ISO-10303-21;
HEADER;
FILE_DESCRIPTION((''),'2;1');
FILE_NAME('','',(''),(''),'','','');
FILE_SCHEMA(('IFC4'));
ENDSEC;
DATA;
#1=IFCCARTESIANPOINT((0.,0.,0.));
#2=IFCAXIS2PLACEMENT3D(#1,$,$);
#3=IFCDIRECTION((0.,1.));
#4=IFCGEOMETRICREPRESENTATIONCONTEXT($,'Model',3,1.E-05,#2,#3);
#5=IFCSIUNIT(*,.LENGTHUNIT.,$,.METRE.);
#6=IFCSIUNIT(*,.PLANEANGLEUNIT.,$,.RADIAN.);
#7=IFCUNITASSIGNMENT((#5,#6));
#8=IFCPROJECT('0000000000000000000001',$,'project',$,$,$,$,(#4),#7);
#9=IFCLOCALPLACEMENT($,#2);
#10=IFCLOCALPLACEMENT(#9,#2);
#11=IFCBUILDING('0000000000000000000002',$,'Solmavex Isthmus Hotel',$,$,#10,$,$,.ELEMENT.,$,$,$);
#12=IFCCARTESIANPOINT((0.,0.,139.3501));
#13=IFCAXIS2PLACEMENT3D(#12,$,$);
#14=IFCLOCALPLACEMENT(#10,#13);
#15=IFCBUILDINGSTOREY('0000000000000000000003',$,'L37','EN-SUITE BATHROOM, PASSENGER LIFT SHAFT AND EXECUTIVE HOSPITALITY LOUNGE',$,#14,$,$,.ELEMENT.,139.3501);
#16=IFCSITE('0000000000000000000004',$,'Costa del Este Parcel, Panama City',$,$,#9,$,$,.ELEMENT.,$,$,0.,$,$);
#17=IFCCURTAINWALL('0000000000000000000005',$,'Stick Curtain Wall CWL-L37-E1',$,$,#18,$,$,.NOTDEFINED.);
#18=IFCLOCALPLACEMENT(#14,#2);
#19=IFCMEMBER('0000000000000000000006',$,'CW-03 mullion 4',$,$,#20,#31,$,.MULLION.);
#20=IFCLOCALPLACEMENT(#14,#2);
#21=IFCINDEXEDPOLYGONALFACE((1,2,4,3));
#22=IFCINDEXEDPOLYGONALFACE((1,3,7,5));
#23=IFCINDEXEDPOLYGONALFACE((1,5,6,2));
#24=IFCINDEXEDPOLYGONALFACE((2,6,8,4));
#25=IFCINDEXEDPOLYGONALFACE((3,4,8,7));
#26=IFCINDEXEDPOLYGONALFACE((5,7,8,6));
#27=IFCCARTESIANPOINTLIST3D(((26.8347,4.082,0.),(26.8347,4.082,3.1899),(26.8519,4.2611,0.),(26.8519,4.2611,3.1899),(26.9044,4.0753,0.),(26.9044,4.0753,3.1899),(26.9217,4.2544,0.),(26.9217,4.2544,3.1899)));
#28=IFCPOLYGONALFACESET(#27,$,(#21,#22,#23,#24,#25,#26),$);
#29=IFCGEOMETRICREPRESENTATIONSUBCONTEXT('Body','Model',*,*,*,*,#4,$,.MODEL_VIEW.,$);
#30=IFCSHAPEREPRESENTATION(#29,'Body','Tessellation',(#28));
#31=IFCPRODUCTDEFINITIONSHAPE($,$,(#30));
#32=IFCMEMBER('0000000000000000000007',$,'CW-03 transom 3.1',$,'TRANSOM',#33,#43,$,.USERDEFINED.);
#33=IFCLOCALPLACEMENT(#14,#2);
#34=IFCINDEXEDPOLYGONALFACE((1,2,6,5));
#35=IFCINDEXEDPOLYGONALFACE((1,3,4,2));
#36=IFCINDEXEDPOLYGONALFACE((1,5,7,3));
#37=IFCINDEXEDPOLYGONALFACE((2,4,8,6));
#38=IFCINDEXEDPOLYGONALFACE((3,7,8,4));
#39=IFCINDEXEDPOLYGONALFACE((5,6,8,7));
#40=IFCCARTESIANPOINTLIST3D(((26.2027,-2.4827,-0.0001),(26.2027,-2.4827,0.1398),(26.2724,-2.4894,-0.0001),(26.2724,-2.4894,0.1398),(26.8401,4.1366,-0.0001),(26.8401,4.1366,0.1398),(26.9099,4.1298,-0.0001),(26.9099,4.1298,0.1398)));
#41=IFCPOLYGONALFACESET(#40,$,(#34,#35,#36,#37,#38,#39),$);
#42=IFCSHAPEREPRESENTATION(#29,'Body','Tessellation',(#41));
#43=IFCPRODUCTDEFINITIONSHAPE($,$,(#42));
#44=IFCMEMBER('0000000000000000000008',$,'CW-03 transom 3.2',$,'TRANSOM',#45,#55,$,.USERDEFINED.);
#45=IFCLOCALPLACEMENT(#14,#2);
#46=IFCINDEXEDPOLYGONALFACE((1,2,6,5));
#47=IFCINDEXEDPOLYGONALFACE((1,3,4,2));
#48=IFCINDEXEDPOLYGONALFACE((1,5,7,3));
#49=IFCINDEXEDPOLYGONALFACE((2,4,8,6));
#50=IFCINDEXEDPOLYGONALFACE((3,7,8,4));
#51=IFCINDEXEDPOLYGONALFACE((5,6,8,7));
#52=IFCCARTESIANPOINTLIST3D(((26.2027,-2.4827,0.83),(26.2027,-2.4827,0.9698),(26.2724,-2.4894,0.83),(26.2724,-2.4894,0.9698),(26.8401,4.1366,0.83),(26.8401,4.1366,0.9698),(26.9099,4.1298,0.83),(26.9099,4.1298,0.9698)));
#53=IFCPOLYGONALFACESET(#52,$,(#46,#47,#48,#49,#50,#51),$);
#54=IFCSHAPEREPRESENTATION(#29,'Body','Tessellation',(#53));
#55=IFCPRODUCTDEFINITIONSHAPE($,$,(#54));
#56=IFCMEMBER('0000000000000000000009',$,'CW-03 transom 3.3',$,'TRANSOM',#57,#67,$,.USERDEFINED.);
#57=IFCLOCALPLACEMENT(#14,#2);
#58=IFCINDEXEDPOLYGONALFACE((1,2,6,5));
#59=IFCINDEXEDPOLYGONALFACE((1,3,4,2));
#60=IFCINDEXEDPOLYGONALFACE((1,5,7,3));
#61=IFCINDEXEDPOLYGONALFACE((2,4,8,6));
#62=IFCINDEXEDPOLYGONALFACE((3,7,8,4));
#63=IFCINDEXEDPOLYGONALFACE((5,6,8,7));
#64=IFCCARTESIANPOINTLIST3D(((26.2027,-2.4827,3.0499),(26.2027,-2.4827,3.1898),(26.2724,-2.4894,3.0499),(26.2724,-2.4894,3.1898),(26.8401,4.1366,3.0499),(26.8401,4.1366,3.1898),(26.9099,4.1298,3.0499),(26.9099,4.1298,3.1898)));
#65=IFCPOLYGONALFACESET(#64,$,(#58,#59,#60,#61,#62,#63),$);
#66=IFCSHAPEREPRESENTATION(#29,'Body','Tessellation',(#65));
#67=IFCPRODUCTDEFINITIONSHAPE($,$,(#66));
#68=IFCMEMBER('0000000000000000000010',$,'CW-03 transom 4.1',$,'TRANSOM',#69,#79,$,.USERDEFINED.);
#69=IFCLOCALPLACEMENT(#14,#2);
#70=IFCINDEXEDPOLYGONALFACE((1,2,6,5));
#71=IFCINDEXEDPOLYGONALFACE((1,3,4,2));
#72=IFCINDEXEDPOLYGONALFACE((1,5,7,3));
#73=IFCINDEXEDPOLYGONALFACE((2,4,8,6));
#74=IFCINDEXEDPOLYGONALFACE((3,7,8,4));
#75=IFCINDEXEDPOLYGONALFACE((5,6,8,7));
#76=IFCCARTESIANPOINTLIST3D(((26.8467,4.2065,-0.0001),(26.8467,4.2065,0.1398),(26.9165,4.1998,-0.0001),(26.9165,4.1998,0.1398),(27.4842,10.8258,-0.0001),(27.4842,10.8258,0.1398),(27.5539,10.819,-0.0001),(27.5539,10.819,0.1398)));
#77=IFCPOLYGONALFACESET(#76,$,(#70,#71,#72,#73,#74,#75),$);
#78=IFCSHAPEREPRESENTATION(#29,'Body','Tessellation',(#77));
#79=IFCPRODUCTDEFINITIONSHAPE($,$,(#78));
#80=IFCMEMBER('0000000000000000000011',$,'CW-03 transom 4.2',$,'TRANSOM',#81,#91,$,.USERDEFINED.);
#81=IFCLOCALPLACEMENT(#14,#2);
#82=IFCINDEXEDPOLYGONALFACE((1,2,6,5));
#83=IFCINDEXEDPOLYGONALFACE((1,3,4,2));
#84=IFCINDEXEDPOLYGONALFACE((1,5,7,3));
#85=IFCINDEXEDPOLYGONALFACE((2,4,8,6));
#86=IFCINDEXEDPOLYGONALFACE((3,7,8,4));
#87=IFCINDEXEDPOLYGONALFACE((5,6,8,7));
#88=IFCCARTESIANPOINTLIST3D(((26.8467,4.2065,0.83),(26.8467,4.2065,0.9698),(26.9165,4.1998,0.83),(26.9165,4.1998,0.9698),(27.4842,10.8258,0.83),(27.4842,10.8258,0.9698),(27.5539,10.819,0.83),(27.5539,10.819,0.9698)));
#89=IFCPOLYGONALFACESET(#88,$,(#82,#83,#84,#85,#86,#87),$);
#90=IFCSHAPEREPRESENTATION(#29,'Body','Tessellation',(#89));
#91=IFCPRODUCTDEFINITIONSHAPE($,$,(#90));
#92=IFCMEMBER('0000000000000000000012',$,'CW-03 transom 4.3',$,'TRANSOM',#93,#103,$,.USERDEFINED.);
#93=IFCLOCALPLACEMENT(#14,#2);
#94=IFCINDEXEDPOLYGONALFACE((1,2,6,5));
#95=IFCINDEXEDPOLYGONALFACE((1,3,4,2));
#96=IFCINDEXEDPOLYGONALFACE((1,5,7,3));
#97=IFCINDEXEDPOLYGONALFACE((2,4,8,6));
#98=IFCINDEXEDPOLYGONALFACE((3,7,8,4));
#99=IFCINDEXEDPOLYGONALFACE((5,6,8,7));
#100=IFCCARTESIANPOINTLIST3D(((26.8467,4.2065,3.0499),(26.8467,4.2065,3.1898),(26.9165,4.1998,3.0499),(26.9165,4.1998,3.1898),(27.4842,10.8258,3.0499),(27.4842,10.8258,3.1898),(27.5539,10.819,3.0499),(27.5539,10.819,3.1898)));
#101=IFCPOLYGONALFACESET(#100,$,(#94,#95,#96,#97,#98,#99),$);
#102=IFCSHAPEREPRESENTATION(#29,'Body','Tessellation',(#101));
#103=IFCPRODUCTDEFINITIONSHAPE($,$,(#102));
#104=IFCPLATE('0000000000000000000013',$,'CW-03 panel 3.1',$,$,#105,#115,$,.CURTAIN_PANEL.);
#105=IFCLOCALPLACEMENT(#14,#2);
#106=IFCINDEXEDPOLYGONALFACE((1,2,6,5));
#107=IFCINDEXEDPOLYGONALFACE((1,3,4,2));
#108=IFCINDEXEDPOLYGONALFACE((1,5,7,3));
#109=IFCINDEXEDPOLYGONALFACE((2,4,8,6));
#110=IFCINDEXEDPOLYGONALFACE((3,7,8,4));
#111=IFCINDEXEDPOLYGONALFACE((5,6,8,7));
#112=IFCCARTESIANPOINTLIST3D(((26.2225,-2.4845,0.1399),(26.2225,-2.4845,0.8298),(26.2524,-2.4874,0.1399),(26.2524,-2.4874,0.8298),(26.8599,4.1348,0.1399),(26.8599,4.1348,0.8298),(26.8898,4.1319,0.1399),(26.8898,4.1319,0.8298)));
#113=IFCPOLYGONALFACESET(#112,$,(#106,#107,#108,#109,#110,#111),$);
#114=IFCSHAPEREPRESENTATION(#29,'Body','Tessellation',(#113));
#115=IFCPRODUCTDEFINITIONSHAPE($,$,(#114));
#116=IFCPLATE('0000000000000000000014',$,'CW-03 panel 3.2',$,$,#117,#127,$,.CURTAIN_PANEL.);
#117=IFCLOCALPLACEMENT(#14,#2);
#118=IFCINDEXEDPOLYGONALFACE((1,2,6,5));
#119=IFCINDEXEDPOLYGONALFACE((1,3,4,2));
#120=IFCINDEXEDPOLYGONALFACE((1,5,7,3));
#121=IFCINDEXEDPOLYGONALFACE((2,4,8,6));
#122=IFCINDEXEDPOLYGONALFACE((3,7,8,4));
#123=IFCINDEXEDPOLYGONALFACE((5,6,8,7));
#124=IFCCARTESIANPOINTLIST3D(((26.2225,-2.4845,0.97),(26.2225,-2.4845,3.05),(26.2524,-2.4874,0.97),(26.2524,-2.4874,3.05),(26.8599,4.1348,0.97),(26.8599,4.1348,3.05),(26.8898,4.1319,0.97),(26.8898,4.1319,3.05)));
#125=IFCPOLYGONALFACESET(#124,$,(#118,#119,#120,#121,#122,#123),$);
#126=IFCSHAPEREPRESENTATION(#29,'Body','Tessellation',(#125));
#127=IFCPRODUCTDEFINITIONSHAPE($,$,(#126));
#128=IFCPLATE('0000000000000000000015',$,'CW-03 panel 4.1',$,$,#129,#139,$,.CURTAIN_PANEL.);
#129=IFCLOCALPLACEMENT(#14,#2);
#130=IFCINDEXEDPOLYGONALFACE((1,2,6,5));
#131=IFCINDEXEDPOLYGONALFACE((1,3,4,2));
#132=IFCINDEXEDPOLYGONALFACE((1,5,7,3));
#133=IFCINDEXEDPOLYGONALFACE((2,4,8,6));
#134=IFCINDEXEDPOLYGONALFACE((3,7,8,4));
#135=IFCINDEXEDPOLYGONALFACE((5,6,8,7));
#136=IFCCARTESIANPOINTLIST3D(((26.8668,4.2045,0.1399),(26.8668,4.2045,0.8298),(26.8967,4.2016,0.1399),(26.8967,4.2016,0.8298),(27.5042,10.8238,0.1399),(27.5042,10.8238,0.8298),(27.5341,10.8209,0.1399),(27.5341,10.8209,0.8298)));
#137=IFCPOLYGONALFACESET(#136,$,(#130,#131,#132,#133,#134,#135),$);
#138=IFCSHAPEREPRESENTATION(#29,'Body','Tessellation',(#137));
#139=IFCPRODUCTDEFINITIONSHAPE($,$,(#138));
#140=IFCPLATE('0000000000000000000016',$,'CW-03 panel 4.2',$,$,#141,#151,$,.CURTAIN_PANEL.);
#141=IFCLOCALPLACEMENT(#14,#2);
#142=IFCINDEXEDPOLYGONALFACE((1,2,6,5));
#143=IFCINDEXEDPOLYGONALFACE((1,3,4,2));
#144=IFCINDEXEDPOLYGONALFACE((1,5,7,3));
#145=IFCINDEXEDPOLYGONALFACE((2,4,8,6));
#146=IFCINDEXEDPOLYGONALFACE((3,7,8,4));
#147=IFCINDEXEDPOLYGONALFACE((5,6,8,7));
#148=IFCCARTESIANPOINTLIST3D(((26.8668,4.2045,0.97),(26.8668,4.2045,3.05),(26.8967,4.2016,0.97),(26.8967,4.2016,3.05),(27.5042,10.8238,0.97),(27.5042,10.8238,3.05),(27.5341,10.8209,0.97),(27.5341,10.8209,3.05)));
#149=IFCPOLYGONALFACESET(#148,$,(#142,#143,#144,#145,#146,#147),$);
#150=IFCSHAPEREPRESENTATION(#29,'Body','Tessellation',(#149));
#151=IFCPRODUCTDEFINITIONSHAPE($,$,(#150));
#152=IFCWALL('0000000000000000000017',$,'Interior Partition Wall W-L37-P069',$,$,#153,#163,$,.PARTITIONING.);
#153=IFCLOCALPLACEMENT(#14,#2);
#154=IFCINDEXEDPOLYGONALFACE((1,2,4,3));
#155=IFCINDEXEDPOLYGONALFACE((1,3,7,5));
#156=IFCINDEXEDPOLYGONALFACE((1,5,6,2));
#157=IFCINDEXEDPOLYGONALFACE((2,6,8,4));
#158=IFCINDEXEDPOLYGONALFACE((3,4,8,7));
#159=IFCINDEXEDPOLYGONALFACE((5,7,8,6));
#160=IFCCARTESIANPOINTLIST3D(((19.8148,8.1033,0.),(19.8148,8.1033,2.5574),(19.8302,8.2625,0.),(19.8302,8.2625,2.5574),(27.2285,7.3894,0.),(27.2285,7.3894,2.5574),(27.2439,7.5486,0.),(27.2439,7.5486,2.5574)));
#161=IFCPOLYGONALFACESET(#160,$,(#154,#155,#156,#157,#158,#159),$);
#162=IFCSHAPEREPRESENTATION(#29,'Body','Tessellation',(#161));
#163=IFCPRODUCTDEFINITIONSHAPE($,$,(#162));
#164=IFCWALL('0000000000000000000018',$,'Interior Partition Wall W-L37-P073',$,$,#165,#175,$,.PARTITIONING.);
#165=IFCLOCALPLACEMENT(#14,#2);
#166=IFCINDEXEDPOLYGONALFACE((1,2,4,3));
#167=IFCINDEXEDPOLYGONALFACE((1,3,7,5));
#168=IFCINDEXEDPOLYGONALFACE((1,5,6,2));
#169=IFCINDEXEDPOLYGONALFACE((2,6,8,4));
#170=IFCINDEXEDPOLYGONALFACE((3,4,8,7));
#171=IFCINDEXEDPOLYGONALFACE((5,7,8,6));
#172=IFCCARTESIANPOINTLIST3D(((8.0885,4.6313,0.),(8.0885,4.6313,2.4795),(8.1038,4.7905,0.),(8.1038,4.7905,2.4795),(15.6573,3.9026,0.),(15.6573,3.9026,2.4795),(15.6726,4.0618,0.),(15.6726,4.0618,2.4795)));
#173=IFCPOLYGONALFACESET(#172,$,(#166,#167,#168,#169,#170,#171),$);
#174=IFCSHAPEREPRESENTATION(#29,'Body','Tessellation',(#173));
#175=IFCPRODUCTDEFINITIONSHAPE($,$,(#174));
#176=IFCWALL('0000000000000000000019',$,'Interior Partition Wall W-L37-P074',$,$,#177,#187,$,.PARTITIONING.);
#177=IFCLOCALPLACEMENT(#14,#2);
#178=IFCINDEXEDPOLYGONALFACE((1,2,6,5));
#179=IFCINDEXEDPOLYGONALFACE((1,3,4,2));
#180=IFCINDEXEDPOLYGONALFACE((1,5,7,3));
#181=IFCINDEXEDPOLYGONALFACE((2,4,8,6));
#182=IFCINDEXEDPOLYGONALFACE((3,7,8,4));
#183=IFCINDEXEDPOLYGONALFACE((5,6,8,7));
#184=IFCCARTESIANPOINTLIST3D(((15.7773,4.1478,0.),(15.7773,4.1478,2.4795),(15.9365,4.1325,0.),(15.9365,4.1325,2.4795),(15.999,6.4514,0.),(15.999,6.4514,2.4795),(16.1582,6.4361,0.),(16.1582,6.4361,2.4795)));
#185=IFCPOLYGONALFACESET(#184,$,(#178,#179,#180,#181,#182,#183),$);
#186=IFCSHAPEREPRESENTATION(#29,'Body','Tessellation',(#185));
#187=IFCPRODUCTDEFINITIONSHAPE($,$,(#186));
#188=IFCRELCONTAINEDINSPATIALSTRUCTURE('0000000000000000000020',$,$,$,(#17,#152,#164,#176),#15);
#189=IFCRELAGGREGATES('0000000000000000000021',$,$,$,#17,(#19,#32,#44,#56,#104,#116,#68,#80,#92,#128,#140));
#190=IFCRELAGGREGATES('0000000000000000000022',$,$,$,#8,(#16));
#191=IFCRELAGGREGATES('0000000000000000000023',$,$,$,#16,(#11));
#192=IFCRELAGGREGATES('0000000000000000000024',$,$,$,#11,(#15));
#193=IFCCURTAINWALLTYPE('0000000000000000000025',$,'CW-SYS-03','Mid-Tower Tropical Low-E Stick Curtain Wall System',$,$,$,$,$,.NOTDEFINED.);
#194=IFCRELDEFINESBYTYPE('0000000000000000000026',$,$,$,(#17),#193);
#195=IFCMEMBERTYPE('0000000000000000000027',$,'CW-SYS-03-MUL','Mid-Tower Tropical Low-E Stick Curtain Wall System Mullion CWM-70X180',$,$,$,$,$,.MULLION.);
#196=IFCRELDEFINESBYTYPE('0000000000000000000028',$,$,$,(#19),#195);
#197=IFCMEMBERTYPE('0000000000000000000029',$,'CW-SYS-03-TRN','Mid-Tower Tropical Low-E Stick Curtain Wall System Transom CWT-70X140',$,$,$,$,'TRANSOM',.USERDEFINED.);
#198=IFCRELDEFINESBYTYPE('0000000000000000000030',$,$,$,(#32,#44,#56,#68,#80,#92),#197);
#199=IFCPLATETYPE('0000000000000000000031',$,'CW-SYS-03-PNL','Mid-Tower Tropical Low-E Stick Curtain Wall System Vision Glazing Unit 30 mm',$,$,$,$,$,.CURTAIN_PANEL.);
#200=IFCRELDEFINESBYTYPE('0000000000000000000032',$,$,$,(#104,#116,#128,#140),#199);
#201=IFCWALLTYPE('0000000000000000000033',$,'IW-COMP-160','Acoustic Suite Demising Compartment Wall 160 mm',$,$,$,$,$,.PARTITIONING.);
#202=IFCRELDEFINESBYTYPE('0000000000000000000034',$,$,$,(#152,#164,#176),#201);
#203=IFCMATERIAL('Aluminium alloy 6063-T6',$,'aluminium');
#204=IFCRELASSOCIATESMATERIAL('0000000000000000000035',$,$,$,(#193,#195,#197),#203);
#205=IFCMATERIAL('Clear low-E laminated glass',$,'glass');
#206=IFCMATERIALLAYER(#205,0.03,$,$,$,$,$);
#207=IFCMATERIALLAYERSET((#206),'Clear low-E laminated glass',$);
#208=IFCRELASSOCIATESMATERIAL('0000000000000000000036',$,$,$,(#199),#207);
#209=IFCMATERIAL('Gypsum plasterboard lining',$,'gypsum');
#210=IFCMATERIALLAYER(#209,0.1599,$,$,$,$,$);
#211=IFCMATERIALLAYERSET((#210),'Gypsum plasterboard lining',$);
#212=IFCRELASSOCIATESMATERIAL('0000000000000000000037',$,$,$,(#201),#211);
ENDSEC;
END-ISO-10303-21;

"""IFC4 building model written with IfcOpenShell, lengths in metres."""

from ifc_helpers import new_model, si_unit, direction, frame, frame_2d, origin, origin_2d, place, context, subcontext, project, spatial, rectangle, extrude, material, layer, layer_set, material_profile, profile_set, type_object, element, aggregate, save


model = new_model("IFC4")

# Units and contexts
model_context = context("Model", 3, precision=1e-05, world=origin(), true_north=direction((0.0, 1.0)))
body_context = subcontext(model_context, "Body", "Model", "MODEL_VIEW")
ifc_project = project(units=[si_unit("LENGTHUNIT", "METRE"), si_unit("PLANEANGLEUNIT", "RADIAN")], contexts=[model_context])

# Site, building, storey
site_placement = place(None, origin())
site = spatial("IfcSite", under=ifc_project, at=site_placement, Name="Costa del Este Parcel, Panama City", CompositionType="ELEMENT", RefElevation=0.0)
building_placement = place(site_placement, origin())
building = spatial("IfcBuilding", under=site, at=building_placement, Name="Solmavex Isthmus Hotel", CompositionType="ELEMENT")
storey_placement = place(building_placement, frame((0.0, 0.0, 139.3501)))
storey = spatial("IfcBuildingStorey", under=building, at=storey_placement, Name="L37", Description="EN-SUITE BATHROOM, PASSENGER LIFT SHAFT AND EXECUTIVE HOSPITALITY LOUNGE", CompositionType="ELEMENT", Elevation=139.3501)

# Curtain wall, members, plates
ifc_material_1 = material(Name="Aluminium alloy 6063-T6", Category="aluminium")
curtain_wall_type = type_object("IfcCurtainWallType", Name="CW-SYS-03", Description="Mid-Tower Tropical Low-E Stick Curtain Wall System", PredefinedType="NOTDEFINED", material=ifc_material_1)
curtain_wall_placement = place(storey_placement, origin())
curtain_wall = element("IfcCurtainWall", 1, at=curtain_wall_placement, inside=storey, type_object=curtain_wall_type, Name="Stick Curtain Wall CWL-L37-E1", PredefinedType="NOTDEFINED")
ifc_material_profile_1 = material_profile(ifc_material_1, rectangle(XDim=0.0701, YDim=0.1799, at=origin_2d()), Name="CWM-70X180")
ifc_profile_set_1 = profile_set([ifc_material_profile_1], Name="Aluminium alloy 6063-T6")
member_type_1 = type_object("IfcMemberType", Name="CW-SYS-03-MUL", Description="Mid-Tower Tropical Low-E Stick Curtain Wall System Mullion CWM-70X180", PredefinedType="MULLION", material=ifc_profile_set_1)
member_1_placement = place(storey_placement, frame((26.8782, 4.1682, 0.0), z_axis=(0.0, 0.0, 1.0), x_axis=(-0.995396, 0.095846, 0.0)))
member_1 = element("IfcMember", 2, at=member_1_placement, type_object=member_type_1, Name="CW-03 mullion 4", PredefinedType="MULLION", context=body_context, shape_type="SweptSolid", body=[
    extrude(rectangle(XDim=0.0701, YDim=0.1799, at=origin_2d()), origin(), (0.0, 0.0, 1.0), 3.1899),
])
ifc_material_profile_2 = material_profile(ifc_material_1, rectangle(XDim=0.0701, YDim=0.1399, at=origin_2d()), Name="CWT-70X140")
ifc_profile_set_2 = profile_set([ifc_material_profile_2], Name="Aluminium alloy 6063-T6")
member_type_2 = type_object("IfcMemberType", Name="CW-SYS-03-TRN", Description="Mid-Tower Tropical Low-E Stick Curtain Wall System Transom CWT-70X140", ElementType="TRANSOM", PredefinedType="USERDEFINED", material=ifc_profile_set_2)
member_2_placement = place(storey_placement, frame((26.2375, -2.4861, 0.0698), z_axis=(0.095857, 0.995395, 0.0), x_axis=(-0.995395, 0.095857, 0.0)))
member_2 = element("IfcMember", 3, at=member_2_placement, type_object=member_type_2, Name="CW-03 transom 3.1", ObjectType="TRANSOM", PredefinedType="USERDEFINED", context=body_context, shape_type="SweptSolid", body=[
    extrude(rectangle(XDim=0.0701, YDim=0.1399, at=origin_2d()), origin(), (0.0, 0.0, 1.0), 6.6499),
])
member_3_placement = place(storey_placement, frame((26.2375, -2.4861, 0.8999), z_axis=(0.095857, 0.995395, 0.0), x_axis=(-0.995395, 0.095857, 0.0)))
member_3 = element("IfcMember", 4, at=member_3_placement, type_object=member_type_2, Name="CW-03 transom 3.2", ObjectType="TRANSOM", PredefinedType="USERDEFINED", context=body_context, shape_type="SweptSolid", body=[
    extrude(rectangle(XDim=0.0701, YDim=0.1399, at=origin_2d()), origin(), (0.0, 0.0, 1.0), 6.6499),
])
member_4_placement = place(storey_placement, frame((26.2375, -2.4861, 3.1199), z_axis=(0.095857, 0.995395, 0.0), x_axis=(-0.995395, 0.095857, 0.0)))
member_4 = element("IfcMember", 5, at=member_4_placement, type_object=member_type_2, Name="CW-03 transom 3.3", ObjectType="TRANSOM", PredefinedType="USERDEFINED", context=body_context, shape_type="SweptSolid", body=[
    extrude(rectangle(XDim=0.0701, YDim=0.1399, at=origin_2d()), origin(), (0.0, 0.0, 1.0), 6.6499),
])
member_5_placement = place(storey_placement, frame((26.8816, 4.2031, 0.0698), z_axis=(0.095857, 0.995395, 0.0), x_axis=(-0.995395, 0.095857, 0.0)))
member_5 = element("IfcMember", 6, at=member_5_placement, type_object=member_type_2, Name="CW-03 transom 4.1", ObjectType="TRANSOM", PredefinedType="USERDEFINED", context=body_context, shape_type="SweptSolid", body=[
    extrude(rectangle(XDim=0.0701, YDim=0.1399, at=origin_2d()), origin(), (0.0, 0.0, 1.0), 6.6499),
])
member_6_placement = place(storey_placement, frame((26.8816, 4.2031, 0.8999), z_axis=(0.095857, 0.995395, 0.0), x_axis=(-0.995395, 0.095857, 0.0)))
member_6 = element("IfcMember", 7, at=member_6_placement, type_object=member_type_2, Name="CW-03 transom 4.2", ObjectType="TRANSOM", PredefinedType="USERDEFINED", context=body_context, shape_type="SweptSolid", body=[
    extrude(rectangle(XDim=0.0701, YDim=0.1399, at=origin_2d()), origin(), (0.0, 0.0, 1.0), 6.6499),
])
member_7_placement = place(storey_placement, frame((26.8816, 4.2031, 3.1199), z_axis=(0.095857, 0.995395, 0.0), x_axis=(-0.995395, 0.095857, 0.0)))
member_7 = element("IfcMember", 8, at=member_7_placement, type_object=member_type_2, Name="CW-03 transom 4.3", ObjectType="TRANSOM", PredefinedType="USERDEFINED", context=body_context, shape_type="SweptSolid", body=[
    extrude(rectangle(XDim=0.0701, YDim=0.1399, at=origin_2d()), origin(), (0.0, 0.0, 1.0), 6.6499),
])
ifc_material_2 = material(Name="Clear low-E laminated glass", Category="glass")
ifc_layer_1 = layer(ifc_material_2, 0.03)
ifc_layer_set_1 = layer_set([ifc_layer_1], Name="Clear low-E laminated glass")
plate_type = type_object("IfcPlateType", Name="CW-SYS-03-PNL", Description="Mid-Tower Tropical Low-E Stick Curtain Wall System Vision Glazing Unit 30 mm", PredefinedType="CURTAIN_PANEL", material=ifc_layer_set_1)
plate_1_placement = place(storey_placement, frame((26.5562, 0.8237, 0.1399), z_axis=(0.0, 0.0, 1.0), x_axis=(0.095846, 0.995396, 0.0)))
plate_1 = element("IfcPlate", 9, at=plate_1_placement, type_object=plate_type, Name="CW-03 panel 3.1", PredefinedType="CURTAIN_PANEL", context=body_context, shape_type="SweptSolid", body=[
    extrude(rectangle(XDim=6.6499, YDim=0.03, at=origin_2d()), origin(), (0.0, 0.0, 1.0), 0.6899),
])
plate_2_placement = place(storey_placement, frame((26.5562, 0.8237, 0.97), z_axis=(0.0, 0.0, 1.0), x_axis=(0.095846, 0.995396, 0.0)))
plate_2 = element("IfcPlate", 10, at=plate_2_placement, type_object=plate_type, Name="CW-03 panel 3.2", PredefinedType="CURTAIN_PANEL", context=body_context, shape_type="SweptSolid", body=[
    extrude(rectangle(XDim=6.6499, YDim=0.03, at=origin_2d()), origin(), (0.0, 0.0, 1.0), 2.0801),
])
plate_3_placement = place(storey_placement, frame((27.2004, 7.5127, 0.1399), z_axis=(0.0, 0.0, 1.0), x_axis=(0.095846, 0.995396, 0.0)))
plate_3 = element("IfcPlate", 11, at=plate_3_placement, type_object=plate_type, Name="CW-03 panel 4.1", PredefinedType="CURTAIN_PANEL", context=body_context, shape_type="SweptSolid", body=[
    extrude(rectangle(XDim=6.6499, YDim=0.03, at=origin_2d()), origin(), (0.0, 0.0, 1.0), 0.6899),
])
plate_4_placement = place(storey_placement, frame((27.2004, 7.5127, 0.97), z_axis=(0.0, 0.0, 1.0), x_axis=(0.095846, 0.995396, 0.0)))
plate_4 = element("IfcPlate", 12, at=plate_4_placement, type_object=plate_type, Name="CW-03 panel 4.2", PredefinedType="CURTAIN_PANEL", context=body_context, shape_type="SweptSolid", body=[
    extrude(rectangle(XDim=6.6499, YDim=0.03, at=origin_2d()), origin(), (0.0, 0.0, 1.0), 2.0801),
])
aggregate(curtain_wall, [member_1, member_2, member_3, member_4, plate_1, plate_2, member_5, member_6, member_7, plate_3, plate_4])

# Walls
ifc_material_3 = material(Name="Gypsum plasterboard lining", Category="gypsum")
ifc_layer_2 = layer(ifc_material_3, 0.1599)
ifc_layer_set_2 = layer_set([ifc_layer_2], Name="Gypsum plasterboard lining")
wall_type_1 = type_object("IfcWallType", Name="IW-COMP-160", Description="Acoustic Suite Demising Compartment Wall 160 mm", PredefinedType="PARTITIONING", material=ifc_layer_set_2)
wall_1_placement = place(storey_placement, frame((27.2363, 7.469, 0.0), z_axis=(0.0, 0.0, 1.0), x_axis=(-0.995396, 0.095845, 0.0)))
element("IfcWall", 13, at=wall_1_placement, inside=storey, type_object=wall_type_1, Name="Interior Partition Wall W-L37-P069", PredefinedType="PARTITIONING", context=body_context, shape_type="SweptSolid", body=[
    extrude(rectangle(XDim=7.448, YDim=0.1599, at=frame_2d((3.7241, 0.0))), origin(), (0.0, 0.0, 1.0), 2.5574),
])
wall_2_placement = place(storey_placement, frame((15.6648, 3.9822, 0.0), z_axis=(0.0, 0.0, 1.0), x_axis=(-0.995397, 0.095841, 0.0)))
element("IfcWall", 14, at=wall_2_placement, inside=storey, type_object=wall_type_1, Name="Interior Partition Wall W-L37-P073", PredefinedType="PARTITIONING", context=body_context, shape_type="SweptSolid", body=[
    extrude(rectangle(XDim=7.6038, YDim=0.1599, at=frame_2d((3.8018, 0.0))), origin(), (0.0, 0.0, 1.0), 2.4795),
])
wall_3_placement = place(storey_placement, frame((16.0786, 6.4438, 0.0), z_axis=(0.0, 0.0, 1.0), x_axis=(-0.095795, -0.995401, 0.0)))
element("IfcWall", 15, at=wall_3_placement, inside=storey, type_object=wall_type_1, Name="Interior Partition Wall W-L37-P074", PredefinedType="PARTITIONING", context=body_context, shape_type="SweptSolid", body=[
    extrude(rectangle(XDim=2.3142, YDim=0.1599, at=frame_2d((1.1572, 0.0))), origin(), (0.0, 0.0, 1.0), 2.4795),
])

save(model, "model.ifc")
